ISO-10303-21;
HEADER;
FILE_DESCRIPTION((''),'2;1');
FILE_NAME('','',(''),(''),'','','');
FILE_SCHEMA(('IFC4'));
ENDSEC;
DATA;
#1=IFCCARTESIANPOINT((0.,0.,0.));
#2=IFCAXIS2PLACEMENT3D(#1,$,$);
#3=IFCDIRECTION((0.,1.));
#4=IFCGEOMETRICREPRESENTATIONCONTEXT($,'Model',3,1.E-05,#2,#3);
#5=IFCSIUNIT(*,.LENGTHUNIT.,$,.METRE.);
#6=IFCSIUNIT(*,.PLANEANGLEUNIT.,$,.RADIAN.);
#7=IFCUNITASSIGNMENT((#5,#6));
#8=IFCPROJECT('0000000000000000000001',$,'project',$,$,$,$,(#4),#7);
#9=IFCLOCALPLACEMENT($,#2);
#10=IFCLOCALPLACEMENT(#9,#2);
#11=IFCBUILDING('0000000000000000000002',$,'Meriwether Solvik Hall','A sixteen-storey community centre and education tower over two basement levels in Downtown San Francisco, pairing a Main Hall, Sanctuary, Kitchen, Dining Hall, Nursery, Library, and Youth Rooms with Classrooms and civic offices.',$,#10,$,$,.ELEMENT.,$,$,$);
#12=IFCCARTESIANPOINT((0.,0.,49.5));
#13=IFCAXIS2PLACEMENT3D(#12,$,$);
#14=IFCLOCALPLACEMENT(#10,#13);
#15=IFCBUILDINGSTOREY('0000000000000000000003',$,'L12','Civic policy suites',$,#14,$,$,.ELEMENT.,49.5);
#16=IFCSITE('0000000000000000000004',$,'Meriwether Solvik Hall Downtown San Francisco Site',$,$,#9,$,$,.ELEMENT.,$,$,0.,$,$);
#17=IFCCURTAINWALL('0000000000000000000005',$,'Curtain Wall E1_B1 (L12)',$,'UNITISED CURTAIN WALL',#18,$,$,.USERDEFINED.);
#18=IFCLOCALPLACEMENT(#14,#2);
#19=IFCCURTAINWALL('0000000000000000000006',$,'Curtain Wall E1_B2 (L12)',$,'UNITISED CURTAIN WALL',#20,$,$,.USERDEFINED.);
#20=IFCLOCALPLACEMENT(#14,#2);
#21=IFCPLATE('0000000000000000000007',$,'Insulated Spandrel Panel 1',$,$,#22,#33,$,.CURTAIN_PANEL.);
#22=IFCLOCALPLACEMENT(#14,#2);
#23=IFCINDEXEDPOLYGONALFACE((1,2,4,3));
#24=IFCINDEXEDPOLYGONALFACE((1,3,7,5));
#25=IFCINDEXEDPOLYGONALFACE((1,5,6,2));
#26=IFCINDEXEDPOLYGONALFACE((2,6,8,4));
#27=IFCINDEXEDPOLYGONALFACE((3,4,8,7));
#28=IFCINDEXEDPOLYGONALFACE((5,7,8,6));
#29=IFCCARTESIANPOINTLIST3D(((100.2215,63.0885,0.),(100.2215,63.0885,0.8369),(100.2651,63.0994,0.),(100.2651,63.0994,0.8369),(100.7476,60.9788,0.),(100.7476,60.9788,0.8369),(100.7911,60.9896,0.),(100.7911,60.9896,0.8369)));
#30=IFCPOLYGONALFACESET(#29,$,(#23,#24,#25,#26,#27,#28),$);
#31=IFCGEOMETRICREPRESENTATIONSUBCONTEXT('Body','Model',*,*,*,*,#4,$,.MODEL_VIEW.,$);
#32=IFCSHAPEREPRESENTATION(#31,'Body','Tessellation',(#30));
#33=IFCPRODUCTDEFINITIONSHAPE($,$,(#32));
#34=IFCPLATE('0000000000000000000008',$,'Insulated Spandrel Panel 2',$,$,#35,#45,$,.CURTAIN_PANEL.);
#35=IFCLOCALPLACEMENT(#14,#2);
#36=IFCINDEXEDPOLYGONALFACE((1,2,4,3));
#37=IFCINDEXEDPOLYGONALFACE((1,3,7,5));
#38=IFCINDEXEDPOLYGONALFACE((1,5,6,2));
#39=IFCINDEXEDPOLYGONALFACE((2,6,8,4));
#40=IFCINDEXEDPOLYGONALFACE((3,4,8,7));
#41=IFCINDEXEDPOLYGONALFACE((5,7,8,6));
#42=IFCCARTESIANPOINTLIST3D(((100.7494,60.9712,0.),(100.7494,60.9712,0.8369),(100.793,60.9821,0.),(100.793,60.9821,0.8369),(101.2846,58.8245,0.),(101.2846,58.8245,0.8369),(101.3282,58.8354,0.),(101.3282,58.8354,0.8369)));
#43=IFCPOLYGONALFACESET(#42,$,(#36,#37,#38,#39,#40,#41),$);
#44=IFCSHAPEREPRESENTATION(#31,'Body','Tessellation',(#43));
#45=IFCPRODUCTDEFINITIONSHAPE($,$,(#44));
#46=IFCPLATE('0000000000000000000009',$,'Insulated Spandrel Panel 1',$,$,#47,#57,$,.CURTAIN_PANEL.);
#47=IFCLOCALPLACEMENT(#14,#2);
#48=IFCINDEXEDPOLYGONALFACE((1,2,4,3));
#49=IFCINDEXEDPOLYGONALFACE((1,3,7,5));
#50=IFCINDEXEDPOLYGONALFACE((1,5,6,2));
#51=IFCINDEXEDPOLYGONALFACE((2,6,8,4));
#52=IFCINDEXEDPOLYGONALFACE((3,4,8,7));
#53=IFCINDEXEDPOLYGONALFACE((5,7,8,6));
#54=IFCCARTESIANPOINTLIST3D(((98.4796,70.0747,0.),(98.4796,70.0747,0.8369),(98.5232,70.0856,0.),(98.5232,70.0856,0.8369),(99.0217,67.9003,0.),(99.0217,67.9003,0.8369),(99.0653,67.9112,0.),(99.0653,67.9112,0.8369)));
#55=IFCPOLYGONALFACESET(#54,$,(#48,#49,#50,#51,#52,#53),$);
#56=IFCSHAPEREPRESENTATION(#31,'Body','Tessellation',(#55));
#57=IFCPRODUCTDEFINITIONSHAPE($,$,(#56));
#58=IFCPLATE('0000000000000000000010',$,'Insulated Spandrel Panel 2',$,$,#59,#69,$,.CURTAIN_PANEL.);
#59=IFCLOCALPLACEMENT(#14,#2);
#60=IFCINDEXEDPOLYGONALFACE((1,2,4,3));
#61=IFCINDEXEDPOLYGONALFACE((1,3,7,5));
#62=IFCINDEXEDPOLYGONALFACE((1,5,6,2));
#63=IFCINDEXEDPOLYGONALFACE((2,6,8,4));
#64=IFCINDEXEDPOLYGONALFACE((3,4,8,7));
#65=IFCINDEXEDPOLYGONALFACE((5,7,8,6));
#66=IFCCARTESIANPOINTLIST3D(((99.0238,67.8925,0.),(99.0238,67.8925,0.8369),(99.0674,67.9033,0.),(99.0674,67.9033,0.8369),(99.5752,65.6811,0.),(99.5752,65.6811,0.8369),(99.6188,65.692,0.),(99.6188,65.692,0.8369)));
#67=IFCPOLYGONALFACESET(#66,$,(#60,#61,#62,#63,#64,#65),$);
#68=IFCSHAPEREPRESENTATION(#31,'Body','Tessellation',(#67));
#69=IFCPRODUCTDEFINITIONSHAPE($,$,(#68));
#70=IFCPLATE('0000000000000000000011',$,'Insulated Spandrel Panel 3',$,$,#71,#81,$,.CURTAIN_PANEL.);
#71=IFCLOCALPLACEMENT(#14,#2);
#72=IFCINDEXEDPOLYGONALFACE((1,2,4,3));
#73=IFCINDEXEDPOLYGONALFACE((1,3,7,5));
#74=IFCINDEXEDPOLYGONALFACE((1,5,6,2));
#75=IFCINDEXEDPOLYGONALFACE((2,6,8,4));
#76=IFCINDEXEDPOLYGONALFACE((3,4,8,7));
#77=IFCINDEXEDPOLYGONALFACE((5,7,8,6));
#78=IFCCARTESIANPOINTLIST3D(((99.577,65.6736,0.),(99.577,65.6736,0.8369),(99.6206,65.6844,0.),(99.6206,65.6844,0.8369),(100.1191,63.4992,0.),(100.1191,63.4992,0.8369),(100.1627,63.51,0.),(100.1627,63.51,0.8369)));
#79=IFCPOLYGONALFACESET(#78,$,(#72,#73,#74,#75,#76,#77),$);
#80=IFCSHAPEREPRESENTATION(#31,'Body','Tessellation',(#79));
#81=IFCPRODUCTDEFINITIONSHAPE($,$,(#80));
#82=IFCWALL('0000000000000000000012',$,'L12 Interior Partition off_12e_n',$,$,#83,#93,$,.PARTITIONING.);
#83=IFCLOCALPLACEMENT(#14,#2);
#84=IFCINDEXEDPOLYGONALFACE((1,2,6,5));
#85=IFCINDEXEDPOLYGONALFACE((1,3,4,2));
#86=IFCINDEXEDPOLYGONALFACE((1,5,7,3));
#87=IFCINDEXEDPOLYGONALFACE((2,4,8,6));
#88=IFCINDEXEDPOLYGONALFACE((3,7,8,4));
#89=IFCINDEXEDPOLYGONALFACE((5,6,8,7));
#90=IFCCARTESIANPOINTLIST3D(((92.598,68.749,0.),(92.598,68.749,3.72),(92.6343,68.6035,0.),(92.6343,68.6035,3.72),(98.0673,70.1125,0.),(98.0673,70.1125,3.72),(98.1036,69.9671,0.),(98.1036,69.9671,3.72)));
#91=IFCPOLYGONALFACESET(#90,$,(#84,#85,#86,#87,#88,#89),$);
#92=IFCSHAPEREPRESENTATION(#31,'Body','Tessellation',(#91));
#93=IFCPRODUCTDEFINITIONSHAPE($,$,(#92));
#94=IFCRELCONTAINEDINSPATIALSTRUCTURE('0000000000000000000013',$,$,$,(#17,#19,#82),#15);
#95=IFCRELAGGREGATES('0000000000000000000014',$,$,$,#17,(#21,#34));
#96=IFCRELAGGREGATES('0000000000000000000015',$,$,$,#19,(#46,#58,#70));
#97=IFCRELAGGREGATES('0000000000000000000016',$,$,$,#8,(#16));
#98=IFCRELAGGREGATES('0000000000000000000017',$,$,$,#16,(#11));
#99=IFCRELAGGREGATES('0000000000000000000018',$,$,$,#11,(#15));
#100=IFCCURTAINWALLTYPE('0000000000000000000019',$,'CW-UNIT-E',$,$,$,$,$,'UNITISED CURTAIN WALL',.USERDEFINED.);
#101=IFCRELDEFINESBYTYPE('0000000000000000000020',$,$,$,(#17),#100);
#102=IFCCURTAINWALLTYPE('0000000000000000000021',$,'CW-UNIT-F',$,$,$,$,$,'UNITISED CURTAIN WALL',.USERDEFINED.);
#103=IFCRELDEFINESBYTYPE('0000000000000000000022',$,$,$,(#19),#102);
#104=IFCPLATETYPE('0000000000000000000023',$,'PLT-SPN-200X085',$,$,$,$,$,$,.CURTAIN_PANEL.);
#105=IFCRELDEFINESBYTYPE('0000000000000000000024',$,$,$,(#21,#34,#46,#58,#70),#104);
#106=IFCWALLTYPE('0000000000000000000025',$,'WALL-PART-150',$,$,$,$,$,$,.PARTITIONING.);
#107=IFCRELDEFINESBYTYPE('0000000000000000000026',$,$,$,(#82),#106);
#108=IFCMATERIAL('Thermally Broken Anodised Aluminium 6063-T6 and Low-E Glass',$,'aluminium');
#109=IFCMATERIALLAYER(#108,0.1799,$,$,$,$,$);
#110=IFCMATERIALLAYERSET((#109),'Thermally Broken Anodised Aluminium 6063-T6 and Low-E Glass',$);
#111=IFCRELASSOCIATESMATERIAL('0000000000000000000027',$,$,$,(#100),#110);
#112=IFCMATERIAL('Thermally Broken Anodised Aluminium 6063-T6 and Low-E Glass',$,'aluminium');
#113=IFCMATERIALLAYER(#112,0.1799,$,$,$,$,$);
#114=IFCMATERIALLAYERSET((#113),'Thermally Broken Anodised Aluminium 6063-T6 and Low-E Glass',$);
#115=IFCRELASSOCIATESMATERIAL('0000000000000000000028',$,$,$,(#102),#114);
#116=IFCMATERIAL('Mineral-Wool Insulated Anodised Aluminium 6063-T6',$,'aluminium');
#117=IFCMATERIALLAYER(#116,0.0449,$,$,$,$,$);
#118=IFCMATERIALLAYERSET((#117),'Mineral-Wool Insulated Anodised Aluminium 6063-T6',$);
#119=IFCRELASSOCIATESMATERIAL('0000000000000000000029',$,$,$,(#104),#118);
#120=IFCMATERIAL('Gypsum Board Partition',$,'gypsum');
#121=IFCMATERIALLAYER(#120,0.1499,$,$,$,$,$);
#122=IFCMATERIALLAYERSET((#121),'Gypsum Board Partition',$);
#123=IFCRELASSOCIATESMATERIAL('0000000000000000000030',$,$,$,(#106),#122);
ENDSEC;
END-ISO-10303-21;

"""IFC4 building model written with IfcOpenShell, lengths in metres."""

from ifc_helpers import new_model, si_unit, direction, frame, frame_2d, origin, origin_2d, place, context, subcontext, project, spatial, rectangle, extrude, material, layer, layer_set, type_object, element, aggregate, save


model = new_model("IFC4")

# Units and contexts
model_context = context("Model", 3, precision=1e-05, world=origin(), true_north=direction((0.0, 1.0)))
body_context = subcontext(model_context, "Body", "Model", "MODEL_VIEW")
ifc_project = project(units=[si_unit("LENGTHUNIT", "METRE"), si_unit("PLANEANGLEUNIT", "RADIAN")], contexts=[model_context])

# Site, building, storey
site_placement = place(None, origin())
site = spatial("IfcSite", under=ifc_project, at=site_placement, Name="Meriwether Solvik Hall Downtown San Francisco Site", CompositionType="ELEMENT", RefElevation=0.0)
building_placement = place(site_placement, origin())
building = spatial("IfcBuilding", under=site, at=building_placement, Name="Meriwether Solvik Hall", Description="A sixteen-storey community centre and education tower over two basement levels in Downtown San Francisco, pairing a Main Hall, Sanctuary, Kitchen, Dining Hall, Nursery, Library, and Youth Rooms with Classrooms and civic offices.", CompositionType="ELEMENT")
storey_placement = place(building_placement, frame((0.0, 0.0, 49.5)))
storey = spatial("IfcBuildingStorey", under=building, at=storey_placement, Name="L12", Description="Civic policy suites", CompositionType="ELEMENT", Elevation=49.5)

# Curtain walls
ifc_material_1 = material(Name="Thermally Broken Anodised Aluminium 6063-T6 and Low-E Glass", Category="aluminium")
ifc_layer_1 = layer(ifc_material_1, 0.1799)
ifc_layer_set_1 = layer_set([ifc_layer_1], Name="Thermally Broken Anodised Aluminium 6063-T6 and Low-E Glass")
curtain_wall_type_1 = type_object("IfcCurtainWallType", Name="CW-UNIT-E", ElementType="UNITISED CURTAIN WALL", PredefinedType="USERDEFINED", material=ifc_layer_set_1)
curtain_wall_1_placement = place(storey_placement, origin())
curtain_wall_1 = element("IfcCurtainWall", 1, at=curtain_wall_1_placement, inside=storey, type_object=curtain_wall_type_1, Name="Curtain Wall E1_B1 (L12)", ObjectType="UNITISED CURTAIN WALL", PredefinedType="USERDEFINED")
ifc_material_2 = material(Name="Thermally Broken Anodised Aluminium 6063-T6 and Low-E Glass", Category="aluminium")
ifc_layer_2 = layer(ifc_material_2, 0.1799)
ifc_layer_set_2 = layer_set([ifc_layer_2], Name="Thermally Broken Anodised Aluminium 6063-T6 and Low-E Glass")
curtain_wall_type_2 = type_object("IfcCurtainWallType", Name="CW-UNIT-F", ElementType="UNITISED CURTAIN WALL", PredefinedType="USERDEFINED", material=ifc_layer_set_2)
curtain_wall_2_placement = place(storey_placement, origin())
curtain_wall_2 = element("IfcCurtainWall", 2, at=curtain_wall_2_placement, inside=storey, type_object=curtain_wall_type_2, Name="Curtain Wall E1_B2 (L12)", ObjectType="UNITISED CURTAIN WALL", PredefinedType="USERDEFINED")

# Plates
ifc_material_3 = material(Name="Mineral-Wool Insulated Anodised Aluminium 6063-T6", Category="aluminium")
ifc_layer_3 = layer(ifc_material_3, 0.0449)
ifc_layer_set_3 = layer_set([ifc_layer_3], Name="Mineral-Wool Insulated Anodised Aluminium 6063-T6")
plate_type_1 = type_object("IfcPlateType", Name="PLT-SPN-200X085", PredefinedType="CURTAIN_PANEL", material=ifc_layer_set_3)
plate_1_placement = place(storey_placement, frame((100.5063, 62.0391, 0.0), z_axis=(0.0, 0.0, 1.0), x_axis=(0.241922, -0.970296, 0.0)))
plate_1 = element("IfcPlate", 3, at=plate_1_placement, type_object=plate_type_1, Name="Insulated Spandrel Panel 1", PredefinedType="CURTAIN_PANEL", context=body_context, shape_type="SweptSolid", body=[
    extrude(rectangle(XDim=2.1743, YDim=0.0449, at=origin_2d()), origin(), (0.0, 0.0, 1.0), 0.8369),
])
plate_2_placement = place(storey_placement, frame((101.0388, 59.9033, 0.0), z_axis=(0.0, 0.0, 1.0), x_axis=(0.241922, -0.970296, 0.0)))
plate_2 = element("IfcPlate", 4, at=plate_2_placement, type_object=plate_type_1, Name="Insulated Spandrel Panel 2", PredefinedType="CURTAIN_PANEL", context=body_context, shape_type="SweptSolid", body=[
    extrude(rectangle(XDim=2.2124, YDim=0.0449, at=origin_2d()), origin(), (0.0, 0.0, 1.0), 0.8369),
])
aggregate(curtain_wall_1, [plate_1, plate_2])
plate_3_placement = place(storey_placement, frame((98.7725, 68.9929, 0.0), z_axis=(0.0, 0.0, 1.0), x_axis=(0.241922, -0.970296, 0.0)))
plate_3 = element("IfcPlate", 5, at=plate_3_placement, type_object=plate_type_1, Name="Insulated Spandrel Panel 1", PredefinedType="CURTAIN_PANEL", context=body_context, shape_type="SweptSolid", body=[
    extrude(rectangle(XDim=2.241, YDim=0.0449, at=origin_2d()), origin(), (0.0, 0.0, 1.0), 0.8369),
])
plate_4_placement = place(storey_placement, frame((99.3213, 66.7922, 0.0), z_axis=(0.0, 0.0, 1.0), x_axis=(0.241922, -0.970296, 0.0)))
plate_4 = element("IfcPlate", 6, at=plate_4_placement, type_object=plate_type_1, Name="Insulated Spandrel Panel 2", PredefinedType="CURTAIN_PANEL", context=body_context, shape_type="SweptSolid", body=[
    extrude(rectangle(XDim=2.2791, YDim=0.0449, at=origin_2d()), origin(), (0.0, 0.0, 1.0), 0.8369),
])
plate_5_placement = place(storey_placement, frame((99.8699, 64.5918, 0.0), z_axis=(0.0, 0.0, 1.0), x_axis=(0.241922, -0.970296, 0.0)))
plate_5 = element("IfcPlate", 7, at=plate_5_placement, type_object=plate_type_1, Name="Insulated Spandrel Panel 3", PredefinedType="CURTAIN_PANEL", context=body_context, shape_type="SweptSolid", body=[
    extrude(rectangle(XDim=2.241, YDim=0.0449, at=origin_2d()), origin(), (0.0, 0.0, 1.0), 0.8369),
])
aggregate(curtain_wall_2, [plate_3, plate_4, plate_5])

# Wall
ifc_material_4 = material(Name="Gypsum Board Partition", Category="gypsum")
ifc_layer_4 = layer(ifc_material_4, 0.1499)
ifc_layer_set_4 = layer_set([ifc_layer_4], Name="Gypsum Board Partition")
wall_type = type_object("IfcWallType", Name="WALL-PART-150", PredefinedType="PARTITIONING", material=ifc_layer_set_4)
wall_placement = place(storey_placement, frame((98.0854, 70.0398, 0.0), z_axis=(0.0, 0.0, 1.0), x_axis=(-0.9703, -0.241904, 0.0)))
element("IfcWall", 8, at=wall_placement, inside=storey, type_object=wall_type, Name="L12 Interior Partition off_12e_n", PredefinedType="PARTITIONING", context=body_context, shape_type="SweptSolid", body=[
    extrude(rectangle(XDim=5.6367, YDim=0.1499, at=frame_2d((2.8184, 0.0))), origin(), (0.0, 0.0, 1.0), 3.72),
])

save(model, "model.ifc")
